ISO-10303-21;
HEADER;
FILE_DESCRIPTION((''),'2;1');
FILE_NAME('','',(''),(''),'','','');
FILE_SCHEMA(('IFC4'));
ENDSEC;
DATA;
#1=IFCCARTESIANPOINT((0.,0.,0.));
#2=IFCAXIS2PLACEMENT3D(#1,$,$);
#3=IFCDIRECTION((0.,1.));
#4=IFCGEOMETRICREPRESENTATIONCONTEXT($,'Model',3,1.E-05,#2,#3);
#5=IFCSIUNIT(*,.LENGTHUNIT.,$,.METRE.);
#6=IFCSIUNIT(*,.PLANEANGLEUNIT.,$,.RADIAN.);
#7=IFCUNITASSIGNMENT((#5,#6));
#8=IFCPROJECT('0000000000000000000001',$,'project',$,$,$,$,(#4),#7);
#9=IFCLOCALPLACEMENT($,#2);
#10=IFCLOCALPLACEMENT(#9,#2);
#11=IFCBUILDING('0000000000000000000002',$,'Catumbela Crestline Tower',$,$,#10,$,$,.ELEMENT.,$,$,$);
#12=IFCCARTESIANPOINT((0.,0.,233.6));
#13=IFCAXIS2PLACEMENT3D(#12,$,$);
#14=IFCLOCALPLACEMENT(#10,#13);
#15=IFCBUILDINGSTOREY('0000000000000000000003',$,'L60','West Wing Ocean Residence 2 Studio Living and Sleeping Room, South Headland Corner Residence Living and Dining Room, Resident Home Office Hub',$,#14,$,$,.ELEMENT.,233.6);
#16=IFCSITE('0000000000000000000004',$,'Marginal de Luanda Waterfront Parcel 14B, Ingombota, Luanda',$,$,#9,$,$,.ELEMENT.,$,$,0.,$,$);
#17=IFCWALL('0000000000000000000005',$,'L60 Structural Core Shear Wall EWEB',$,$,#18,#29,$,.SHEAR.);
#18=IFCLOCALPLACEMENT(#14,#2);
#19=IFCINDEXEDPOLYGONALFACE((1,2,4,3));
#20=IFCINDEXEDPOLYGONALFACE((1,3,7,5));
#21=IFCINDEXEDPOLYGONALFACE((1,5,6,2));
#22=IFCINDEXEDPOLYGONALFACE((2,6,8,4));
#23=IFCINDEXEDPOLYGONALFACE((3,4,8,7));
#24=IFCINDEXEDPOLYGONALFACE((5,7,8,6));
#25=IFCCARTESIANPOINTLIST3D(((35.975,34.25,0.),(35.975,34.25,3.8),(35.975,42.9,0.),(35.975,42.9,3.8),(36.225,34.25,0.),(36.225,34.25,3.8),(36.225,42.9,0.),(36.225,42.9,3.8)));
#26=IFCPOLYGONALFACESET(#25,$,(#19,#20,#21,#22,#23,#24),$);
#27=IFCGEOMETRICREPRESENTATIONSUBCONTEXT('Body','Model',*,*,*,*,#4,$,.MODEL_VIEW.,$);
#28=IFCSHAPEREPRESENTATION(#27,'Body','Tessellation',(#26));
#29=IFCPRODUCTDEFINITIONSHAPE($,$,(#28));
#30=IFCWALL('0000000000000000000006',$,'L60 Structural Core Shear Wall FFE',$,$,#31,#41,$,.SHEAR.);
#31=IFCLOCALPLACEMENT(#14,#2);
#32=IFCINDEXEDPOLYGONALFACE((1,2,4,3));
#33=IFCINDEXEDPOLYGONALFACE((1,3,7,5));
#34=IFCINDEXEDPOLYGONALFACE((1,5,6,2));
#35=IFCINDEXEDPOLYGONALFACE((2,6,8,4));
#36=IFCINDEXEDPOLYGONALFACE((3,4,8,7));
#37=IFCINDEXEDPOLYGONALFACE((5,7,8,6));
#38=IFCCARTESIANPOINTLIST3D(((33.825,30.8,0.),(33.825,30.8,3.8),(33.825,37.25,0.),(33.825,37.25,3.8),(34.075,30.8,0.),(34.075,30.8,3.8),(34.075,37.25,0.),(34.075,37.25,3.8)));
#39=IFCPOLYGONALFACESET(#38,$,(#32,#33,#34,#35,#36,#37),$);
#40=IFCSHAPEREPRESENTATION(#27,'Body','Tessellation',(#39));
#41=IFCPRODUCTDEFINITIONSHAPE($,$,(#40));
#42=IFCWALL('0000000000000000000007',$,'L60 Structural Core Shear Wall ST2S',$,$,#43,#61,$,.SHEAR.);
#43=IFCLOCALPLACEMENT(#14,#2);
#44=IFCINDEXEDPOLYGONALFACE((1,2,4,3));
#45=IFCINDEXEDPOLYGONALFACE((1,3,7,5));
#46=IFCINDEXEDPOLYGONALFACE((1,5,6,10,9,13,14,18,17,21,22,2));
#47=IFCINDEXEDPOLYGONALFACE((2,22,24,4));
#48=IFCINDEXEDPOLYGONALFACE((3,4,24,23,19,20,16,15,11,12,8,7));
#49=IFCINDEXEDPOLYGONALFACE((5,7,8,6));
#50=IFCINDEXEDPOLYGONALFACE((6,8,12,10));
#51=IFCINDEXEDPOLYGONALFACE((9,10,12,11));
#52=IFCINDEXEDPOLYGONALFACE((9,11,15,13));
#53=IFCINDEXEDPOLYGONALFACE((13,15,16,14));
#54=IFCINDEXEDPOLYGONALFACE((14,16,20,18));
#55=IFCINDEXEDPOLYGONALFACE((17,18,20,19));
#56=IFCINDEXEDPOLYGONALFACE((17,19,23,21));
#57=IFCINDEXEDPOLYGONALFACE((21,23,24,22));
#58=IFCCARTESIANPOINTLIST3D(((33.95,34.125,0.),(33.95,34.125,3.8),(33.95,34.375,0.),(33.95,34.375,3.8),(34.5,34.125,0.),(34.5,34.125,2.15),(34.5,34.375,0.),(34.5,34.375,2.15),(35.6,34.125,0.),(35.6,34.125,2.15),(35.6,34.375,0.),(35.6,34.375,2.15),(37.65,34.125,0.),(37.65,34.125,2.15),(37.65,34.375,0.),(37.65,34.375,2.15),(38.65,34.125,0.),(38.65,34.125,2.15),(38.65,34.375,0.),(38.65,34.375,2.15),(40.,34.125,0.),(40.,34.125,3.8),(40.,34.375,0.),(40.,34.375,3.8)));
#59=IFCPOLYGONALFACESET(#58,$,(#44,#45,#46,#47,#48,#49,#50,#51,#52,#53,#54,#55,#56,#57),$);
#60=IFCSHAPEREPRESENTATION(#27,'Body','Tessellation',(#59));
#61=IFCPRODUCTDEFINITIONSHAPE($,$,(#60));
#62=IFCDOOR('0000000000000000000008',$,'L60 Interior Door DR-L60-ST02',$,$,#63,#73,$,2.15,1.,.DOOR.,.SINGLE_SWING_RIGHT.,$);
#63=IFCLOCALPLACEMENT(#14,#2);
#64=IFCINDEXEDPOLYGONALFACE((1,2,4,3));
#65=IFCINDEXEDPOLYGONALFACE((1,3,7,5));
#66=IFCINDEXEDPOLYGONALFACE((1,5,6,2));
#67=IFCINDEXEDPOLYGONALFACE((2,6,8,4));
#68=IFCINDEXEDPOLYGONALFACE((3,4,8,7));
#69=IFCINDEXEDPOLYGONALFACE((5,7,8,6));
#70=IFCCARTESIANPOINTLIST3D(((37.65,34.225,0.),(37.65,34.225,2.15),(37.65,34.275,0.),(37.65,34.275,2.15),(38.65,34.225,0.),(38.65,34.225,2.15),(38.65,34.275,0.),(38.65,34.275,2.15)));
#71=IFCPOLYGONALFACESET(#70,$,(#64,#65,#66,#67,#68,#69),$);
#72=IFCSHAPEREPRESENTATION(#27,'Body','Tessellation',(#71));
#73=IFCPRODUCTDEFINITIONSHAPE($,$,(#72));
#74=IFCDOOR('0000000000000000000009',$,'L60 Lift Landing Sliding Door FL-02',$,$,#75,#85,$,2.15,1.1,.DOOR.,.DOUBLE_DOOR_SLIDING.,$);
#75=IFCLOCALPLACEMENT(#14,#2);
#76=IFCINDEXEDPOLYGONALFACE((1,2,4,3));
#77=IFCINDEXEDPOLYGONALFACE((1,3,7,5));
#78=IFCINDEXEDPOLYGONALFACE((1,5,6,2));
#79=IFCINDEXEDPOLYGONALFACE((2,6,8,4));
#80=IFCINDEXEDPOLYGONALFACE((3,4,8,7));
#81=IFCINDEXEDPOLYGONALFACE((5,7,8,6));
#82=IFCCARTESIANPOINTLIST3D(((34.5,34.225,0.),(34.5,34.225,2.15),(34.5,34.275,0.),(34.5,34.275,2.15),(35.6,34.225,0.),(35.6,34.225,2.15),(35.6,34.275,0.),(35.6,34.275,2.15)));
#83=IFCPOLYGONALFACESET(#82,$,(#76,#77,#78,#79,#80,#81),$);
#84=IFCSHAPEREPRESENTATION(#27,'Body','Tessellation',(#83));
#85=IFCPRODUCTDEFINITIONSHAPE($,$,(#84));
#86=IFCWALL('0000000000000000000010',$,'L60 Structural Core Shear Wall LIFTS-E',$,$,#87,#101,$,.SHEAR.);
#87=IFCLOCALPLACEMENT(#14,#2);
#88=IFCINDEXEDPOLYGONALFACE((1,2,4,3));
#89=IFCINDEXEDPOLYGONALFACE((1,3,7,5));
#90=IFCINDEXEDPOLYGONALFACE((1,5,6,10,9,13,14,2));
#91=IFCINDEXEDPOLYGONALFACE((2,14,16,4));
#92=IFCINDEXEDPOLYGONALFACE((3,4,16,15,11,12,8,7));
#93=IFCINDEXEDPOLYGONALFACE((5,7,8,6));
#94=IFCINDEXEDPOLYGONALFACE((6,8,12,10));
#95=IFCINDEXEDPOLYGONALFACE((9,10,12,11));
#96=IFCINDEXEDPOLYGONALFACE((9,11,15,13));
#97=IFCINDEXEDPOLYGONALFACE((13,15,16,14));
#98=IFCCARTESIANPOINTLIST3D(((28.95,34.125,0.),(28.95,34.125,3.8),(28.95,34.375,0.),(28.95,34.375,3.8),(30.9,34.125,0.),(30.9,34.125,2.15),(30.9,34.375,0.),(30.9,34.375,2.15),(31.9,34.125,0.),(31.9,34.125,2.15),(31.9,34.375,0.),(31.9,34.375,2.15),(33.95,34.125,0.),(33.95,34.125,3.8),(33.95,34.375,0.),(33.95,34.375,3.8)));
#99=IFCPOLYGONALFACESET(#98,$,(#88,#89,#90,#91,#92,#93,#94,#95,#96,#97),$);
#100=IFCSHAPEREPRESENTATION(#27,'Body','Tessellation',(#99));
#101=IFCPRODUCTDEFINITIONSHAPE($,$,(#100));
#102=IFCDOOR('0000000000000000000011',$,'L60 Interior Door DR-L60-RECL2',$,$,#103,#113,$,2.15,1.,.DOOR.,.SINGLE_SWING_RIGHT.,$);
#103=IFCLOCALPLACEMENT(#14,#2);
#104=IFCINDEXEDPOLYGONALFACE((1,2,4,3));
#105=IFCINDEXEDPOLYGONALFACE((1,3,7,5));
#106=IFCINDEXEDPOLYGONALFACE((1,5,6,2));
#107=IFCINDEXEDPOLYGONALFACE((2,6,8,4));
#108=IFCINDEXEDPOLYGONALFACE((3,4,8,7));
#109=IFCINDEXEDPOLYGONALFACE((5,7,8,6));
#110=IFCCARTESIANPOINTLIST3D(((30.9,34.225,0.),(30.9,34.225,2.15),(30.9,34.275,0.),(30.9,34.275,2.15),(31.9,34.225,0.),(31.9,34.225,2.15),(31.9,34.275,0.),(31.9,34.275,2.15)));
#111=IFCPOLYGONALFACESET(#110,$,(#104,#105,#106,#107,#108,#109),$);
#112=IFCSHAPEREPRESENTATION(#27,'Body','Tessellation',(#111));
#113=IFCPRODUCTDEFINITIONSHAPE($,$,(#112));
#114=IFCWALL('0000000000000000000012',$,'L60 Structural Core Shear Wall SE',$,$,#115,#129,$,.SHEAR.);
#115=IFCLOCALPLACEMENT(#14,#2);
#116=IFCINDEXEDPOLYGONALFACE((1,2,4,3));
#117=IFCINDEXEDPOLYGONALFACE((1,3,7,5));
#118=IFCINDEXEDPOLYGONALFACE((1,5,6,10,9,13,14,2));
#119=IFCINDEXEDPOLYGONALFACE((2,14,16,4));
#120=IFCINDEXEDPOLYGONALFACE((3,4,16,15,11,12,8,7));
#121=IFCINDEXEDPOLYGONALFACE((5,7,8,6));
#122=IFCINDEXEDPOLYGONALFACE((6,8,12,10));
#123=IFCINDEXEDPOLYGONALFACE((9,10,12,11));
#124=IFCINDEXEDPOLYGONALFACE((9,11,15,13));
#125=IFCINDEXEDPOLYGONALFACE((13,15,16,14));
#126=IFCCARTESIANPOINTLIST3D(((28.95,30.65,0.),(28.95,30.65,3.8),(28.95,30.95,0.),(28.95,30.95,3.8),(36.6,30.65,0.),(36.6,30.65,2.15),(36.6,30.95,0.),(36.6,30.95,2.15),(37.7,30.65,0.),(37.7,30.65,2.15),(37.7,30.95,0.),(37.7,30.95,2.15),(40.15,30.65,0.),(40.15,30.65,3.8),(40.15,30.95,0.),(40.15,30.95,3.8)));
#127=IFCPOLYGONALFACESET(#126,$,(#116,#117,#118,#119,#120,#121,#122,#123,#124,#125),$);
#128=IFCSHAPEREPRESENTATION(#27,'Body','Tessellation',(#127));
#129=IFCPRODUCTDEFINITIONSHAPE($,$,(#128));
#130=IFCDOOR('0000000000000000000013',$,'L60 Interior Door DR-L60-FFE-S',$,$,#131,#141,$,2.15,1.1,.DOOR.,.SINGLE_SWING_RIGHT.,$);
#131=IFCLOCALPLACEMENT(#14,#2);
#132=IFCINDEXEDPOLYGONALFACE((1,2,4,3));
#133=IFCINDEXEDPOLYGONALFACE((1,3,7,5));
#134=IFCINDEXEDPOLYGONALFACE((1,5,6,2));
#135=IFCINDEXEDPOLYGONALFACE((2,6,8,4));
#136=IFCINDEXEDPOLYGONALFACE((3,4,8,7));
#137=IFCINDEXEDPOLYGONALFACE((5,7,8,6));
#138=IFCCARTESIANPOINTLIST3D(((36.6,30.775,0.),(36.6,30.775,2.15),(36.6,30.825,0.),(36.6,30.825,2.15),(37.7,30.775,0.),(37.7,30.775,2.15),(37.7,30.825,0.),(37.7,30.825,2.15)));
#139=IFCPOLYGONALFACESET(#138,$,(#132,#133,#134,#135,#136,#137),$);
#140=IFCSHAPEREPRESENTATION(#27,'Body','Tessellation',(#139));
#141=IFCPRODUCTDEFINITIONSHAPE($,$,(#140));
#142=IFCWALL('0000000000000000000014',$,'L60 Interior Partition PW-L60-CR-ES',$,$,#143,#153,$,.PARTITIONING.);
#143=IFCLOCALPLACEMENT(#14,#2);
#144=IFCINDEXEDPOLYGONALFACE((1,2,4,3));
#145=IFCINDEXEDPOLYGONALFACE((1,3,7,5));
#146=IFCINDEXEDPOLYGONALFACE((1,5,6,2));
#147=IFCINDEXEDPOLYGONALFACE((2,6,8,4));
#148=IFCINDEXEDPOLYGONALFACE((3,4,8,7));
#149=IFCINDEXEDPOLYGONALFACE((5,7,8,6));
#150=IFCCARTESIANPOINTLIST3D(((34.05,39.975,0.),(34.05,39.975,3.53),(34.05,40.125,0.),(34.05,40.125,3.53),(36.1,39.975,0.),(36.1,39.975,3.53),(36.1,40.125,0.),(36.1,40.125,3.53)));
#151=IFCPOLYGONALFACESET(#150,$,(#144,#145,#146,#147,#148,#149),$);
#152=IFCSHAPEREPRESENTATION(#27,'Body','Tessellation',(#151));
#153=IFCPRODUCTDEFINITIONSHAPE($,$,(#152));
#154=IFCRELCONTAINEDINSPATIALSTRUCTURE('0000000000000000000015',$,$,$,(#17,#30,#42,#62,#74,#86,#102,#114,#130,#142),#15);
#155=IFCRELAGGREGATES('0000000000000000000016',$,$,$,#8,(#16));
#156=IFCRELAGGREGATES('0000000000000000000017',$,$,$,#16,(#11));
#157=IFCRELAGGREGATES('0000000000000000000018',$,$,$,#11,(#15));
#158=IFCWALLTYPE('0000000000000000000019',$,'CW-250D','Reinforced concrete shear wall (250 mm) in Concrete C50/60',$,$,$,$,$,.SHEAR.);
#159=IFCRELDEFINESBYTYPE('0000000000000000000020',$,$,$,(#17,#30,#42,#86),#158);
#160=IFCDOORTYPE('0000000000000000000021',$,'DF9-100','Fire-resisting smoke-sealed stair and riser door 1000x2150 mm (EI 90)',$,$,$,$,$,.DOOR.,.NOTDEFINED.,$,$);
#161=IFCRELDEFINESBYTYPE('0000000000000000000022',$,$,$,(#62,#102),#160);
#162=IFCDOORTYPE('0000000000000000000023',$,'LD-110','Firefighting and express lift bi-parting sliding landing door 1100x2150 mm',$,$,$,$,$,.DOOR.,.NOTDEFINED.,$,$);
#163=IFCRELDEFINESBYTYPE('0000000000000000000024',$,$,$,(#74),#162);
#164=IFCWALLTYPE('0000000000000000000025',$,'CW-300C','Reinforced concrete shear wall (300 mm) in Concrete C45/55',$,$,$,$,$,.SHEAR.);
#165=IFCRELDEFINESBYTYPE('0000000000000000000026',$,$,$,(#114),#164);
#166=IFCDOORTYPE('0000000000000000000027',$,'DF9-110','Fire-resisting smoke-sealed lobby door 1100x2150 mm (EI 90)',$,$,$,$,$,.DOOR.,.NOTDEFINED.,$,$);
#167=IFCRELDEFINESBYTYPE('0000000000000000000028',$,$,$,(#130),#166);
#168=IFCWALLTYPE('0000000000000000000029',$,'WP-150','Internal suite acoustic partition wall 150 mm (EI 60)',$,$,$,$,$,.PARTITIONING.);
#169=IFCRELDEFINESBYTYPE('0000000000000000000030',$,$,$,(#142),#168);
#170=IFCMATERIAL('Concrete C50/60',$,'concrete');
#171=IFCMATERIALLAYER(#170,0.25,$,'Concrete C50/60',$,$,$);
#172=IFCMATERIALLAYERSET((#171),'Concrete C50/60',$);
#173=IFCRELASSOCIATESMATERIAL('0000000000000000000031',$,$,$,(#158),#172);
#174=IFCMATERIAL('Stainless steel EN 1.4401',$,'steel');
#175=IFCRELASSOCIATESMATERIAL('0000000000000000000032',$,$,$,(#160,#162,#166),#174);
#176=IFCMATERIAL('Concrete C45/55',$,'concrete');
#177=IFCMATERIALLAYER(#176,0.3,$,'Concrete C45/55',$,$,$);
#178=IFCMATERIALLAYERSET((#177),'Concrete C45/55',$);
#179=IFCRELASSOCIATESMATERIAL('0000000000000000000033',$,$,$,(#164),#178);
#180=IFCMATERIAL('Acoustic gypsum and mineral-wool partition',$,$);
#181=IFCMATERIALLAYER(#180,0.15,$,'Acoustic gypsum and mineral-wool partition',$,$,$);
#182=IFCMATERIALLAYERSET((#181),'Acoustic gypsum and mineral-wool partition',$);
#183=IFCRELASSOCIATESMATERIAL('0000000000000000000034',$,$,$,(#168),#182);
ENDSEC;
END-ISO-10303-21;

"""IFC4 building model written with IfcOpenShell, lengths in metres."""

from ifc_helpers import new_model, si_unit, direction, frame, frame_2d, origin, place, context, subcontext, project, spatial, rectangle, extrude, material, layer, layer_set, type_object, element, fill, save


model = new_model("IFC4")

# Units and contexts
model_context = context("Model", 3, precision=1e-05, world=origin(), true_north=direction((0.0, 1.0)))
body_context = subcontext(model_context, "Body", "Model", "MODEL_VIEW")
ifc_project = project(units=[si_unit("LENGTHUNIT", "METRE"), si_unit("PLANEANGLEUNIT", "RADIAN")], contexts=[model_context])

# Site, building, storey
site_placement = place(None, origin())
site = spatial("IfcSite", under=ifc_project, at=site_placement, Name="Marginal de Luanda Waterfront Parcel 14B, Ingombota, Luanda", CompositionType="ELEMENT", RefElevation=0.0)
building_placement = place(site_placement, origin())
building = spatial("IfcBuilding", under=site, at=building_placement, Name="Catumbela Crestline Tower", CompositionType="ELEMENT")
storey_placement = place(building_placement, frame((0.0, 0.0, 233.6)))
storey = spatial("IfcBuildingStorey", under=building, at=storey_placement, Name="L60", Description="West Wing Ocean Residence 2 Studio Living and Sleeping Room, South Headland Corner Residence Living and Dining Room, Resident Home Office Hub", CompositionType="ELEMENT", Elevation=233.6)

# Walls
ifc_material_1 = material(Name="Concrete C50/60", Category="concrete")
ifc_layer_1 = layer(ifc_material_1, 0.25, Name="Concrete C50/60")
ifc_layer_set_1 = layer_set([ifc_layer_1], Name="Concrete C50/60")
wall_type_1 = type_object("IfcWallType", Name="CW-250D", Description="Reinforced concrete shear wall (250 mm) in Concrete C50/60", PredefinedType="SHEAR", material=ifc_layer_set_1)
wall_1_placement = place(storey_placement, frame((36.1, 34.25, 0.0), z_axis=(0.0, 0.0, 1.0), x_axis=(0.0, 1.0, 0.0)))
element("IfcWall", 1, at=wall_1_placement, inside=storey, type_object=wall_type_1, Name="L60 Structural Core Shear Wall EWEB", PredefinedType="SHEAR", context=body_context, shape_type="SweptSolid", body=[
    extrude(rectangle(XDim=8.65, YDim=0.25, at=frame_2d((4.325, 0.0))), origin(), (0.0, 0.0, 1.0), 3.8),
])
wall_2_placement = place(storey_placement, frame((33.95, 30.8, 0.0), z_axis=(0.0, 0.0, 1.0), x_axis=(0.0, 1.0, 0.0)))
element("IfcWall", 2, at=wall_2_placement, inside=storey, type_object=wall_type_1, Name="L60 Structural Core Shear Wall FFE", PredefinedType="SHEAR", context=body_context, shape_type="SweptSolid", body=[
    extrude(rectangle(XDim=6.45, YDim=0.25, at=frame_2d((3.225, 0.0))), origin(), (0.0, 0.0, 1.0), 3.8),
])

# Wall, openings, doors
wall_3_placement = place(storey_placement, frame((33.95, 34.25, 0.0), z_axis=(0.0, 0.0, 1.0), x_axis=(1.0, 0.0, 0.0)))
wall_3 = element("IfcWall", 3, at=wall_3_placement, inside=storey, type_object=wall_type_1, Name="L60 Structural Core Shear Wall ST2S", PredefinedType="SHEAR", context=body_context, shape_type="SweptSolid", body=[
    extrude(rectangle(XDim=6.05, YDim=0.25, at=frame_2d((3.025, 0.0))), origin(), (0.0, 0.0, 1.0), 3.8),
])
opening_1_placement = place(wall_3_placement, frame((3.7, 0.0, 0.0)))
opening_1 = element("IfcOpeningElement", 4, at=opening_1_placement, cuts=wall_3, PredefinedType="OPENING", context=body_context, shape_type="SweptSolid", body=[
    extrude(rectangle(XDim=1.0, YDim=2.15, at=frame_2d((0.5, 1.075))), frame((0.0, 0.135, 0.0), z_axis=(0.0, -1.0, 0.0), x_axis=(1.0, 0.0, 0.0)), (0.0, 0.0, 1.0), 0.27),
])
opening_2_placement = place(wall_3_placement, frame((0.55, 0.0, 0.0)))
opening_2 = element("IfcOpeningElement", 5, at=opening_2_placement, cuts=wall_3, PredefinedType="OPENING", context=body_context, shape_type="SweptSolid", body=[
    extrude(rectangle(XDim=1.1, YDim=2.15, at=frame_2d((0.55, 1.075))), frame((0.0, 0.135, 0.0), z_axis=(0.0, -1.0, 0.0), x_axis=(1.0, 0.0, 0.0)), (0.0, 0.0, 1.0), 0.27),
])
ifc_material_2 = material(Name="Stainless steel EN 1.4401", Category="steel")
door_type_1 = type_object("IfcDoorType", Name="DF9-100", Description="Fire-resisting smoke-sealed stair and riser door 1000x2150 mm (EI 90)", OperationType="NOTDEFINED", PredefinedType="DOOR", material=ifc_material_2)
door_1_placement = place(opening_1_placement, origin())
door_1 = element("IfcDoor", 6, at=door_1_placement, inside=storey, type_object=door_type_1, Name="L60 Interior Door DR-L60-ST02", OperationType="SINGLE_SWING_RIGHT", OverallHeight=2.15, OverallWidth=1.0, PredefinedType="DOOR", context=body_context, shape_type="SweptSolid", body=[
    extrude(rectangle(XDim=1.0, YDim=2.15, at=frame_2d((0.5, 1.075))), frame((0.0, 0.025, 0.0), z_axis=(0.0, -1.0, 0.0), x_axis=(1.0, 0.0, 0.0)), (0.0, 0.0, 1.0), 0.05),
])
fill(opening_1, door_1)
door_type_2 = type_object("IfcDoorType", Name="LD-110", Description="Firefighting and express lift bi-parting sliding landing door 1100x2150 mm", OperationType="NOTDEFINED", PredefinedType="DOOR", material=ifc_material_2)
door_2_placement = place(opening_2_placement, origin())
door_2 = element("IfcDoor", 7, at=door_2_placement, inside=storey, type_object=door_type_2, Name="L60 Lift Landing Sliding Door FL-02", OperationType="DOUBLE_DOOR_SLIDING", OverallHeight=2.15, OverallWidth=1.1, PredefinedType="DOOR", context=body_context, shape_type="SweptSolid", body=[
    extrude(rectangle(XDim=1.1, YDim=2.15, at=frame_2d((0.55, 1.075))), frame((0.0, 0.025, 0.0), z_axis=(0.0, -1.0, 0.0), x_axis=(1.0, 0.0, 0.0)), (0.0, 0.0, 1.0), 0.05),
])
fill(opening_2, door_2)

# Walls, openings, doors
wall_4_placement = place(storey_placement, frame((28.95, 34.25, 0.0), z_axis=(0.0, 0.0, 1.0), x_axis=(1.0, 0.0, 0.0)))
wall_4 = element("IfcWall", 8, at=wall_4_placement, inside=storey, type_object=wall_type_1, Name="L60 Structural Core Shear Wall LIFTS-E", PredefinedType="SHEAR", context=body_context, shape_type="SweptSolid", body=[
    extrude(rectangle(XDim=5.0, YDim=0.25, at=frame_2d((2.5, 0.0))), origin(), (0.0, 0.0, 1.0), 3.8),
])
opening_3_placement = place(wall_4_placement, frame((1.95, 0.0, 0.0)))
opening_3 = element("IfcOpeningElement", 9, at=opening_3_placement, cuts=wall_4, PredefinedType="OPENING", context=body_context, shape_type="SweptSolid", body=[
    extrude(rectangle(XDim=1.0, YDim=2.15, at=frame_2d((0.5, 1.075))), frame((0.0, 0.135, 0.0), z_axis=(0.0, -1.0, 0.0), x_axis=(1.0, 0.0, 0.0)), (0.0, 0.0, 1.0), 0.27),
])
door_3_placement = place(opening_3_placement, origin())
door_3 = element("IfcDoor", 10, at=door_3_placement, inside=storey, type_object=door_type_1, Name="L60 Interior Door DR-L60-RECL2", OperationType="SINGLE_SWING_RIGHT", OverallHeight=2.15, OverallWidth=1.0, PredefinedType="DOOR", context=body_context, shape_type="SweptSolid", body=[
    extrude(rectangle(XDim=1.0, YDim=2.15, at=frame_2d((0.5, 1.075))), frame((0.0, 0.025, 0.0), z_axis=(0.0, -1.0, 0.0), x_axis=(1.0, 0.0, 0.0)), (0.0, 0.0, 1.0), 0.05),
])
fill(opening_3, door_3)
ifc_material_3 = material(Name="Concrete C45/55", Category="concrete")
ifc_layer_2 = layer(ifc_material_3, 0.3, Name="Concrete C45/55")
ifc_layer_set_2 = layer_set([ifc_layer_2], Name="Concrete C45/55")
wall_type_2 = type_object("IfcWallType", Name="CW-300C", Description="Reinforced concrete shear wall (300 mm) in Concrete C45/55", PredefinedType="SHEAR", material=ifc_layer_set_2)
wall_5_placement = place(storey_placement, frame((28.95, 30.8, 0.0), z_axis=(0.0, 0.0, 1.0), x_axis=(1.0, 0.0, 0.0)))
wall_5 = element("IfcWall", 11, at=wall_5_placement, inside=storey, type_object=wall_type_2, Name="L60 Structural Core Shear Wall SE", PredefinedType="SHEAR", context=body_context, shape_type="SweptSolid", body=[
    extrude(rectangle(XDim=11.2, YDim=0.3, at=frame_2d((5.6, 0.0))), origin(), (0.0, 0.0, 1.0), 3.8),
])
opening_4_placement = place(wall_5_placement, frame((7.65, 0.0, 0.0)))
opening_4 = element("IfcOpeningElement", 12, at=opening_4_placement, cuts=wall_5, PredefinedType="OPENING", context=body_context, shape_type="SweptSolid", body=[
    extrude(rectangle(XDim=1.1, YDim=2.15, at=frame_2d((0.55, 1.075))), frame((0.0, 0.16, 0.0), z_axis=(0.0, -1.0, 0.0), x_axis=(1.0, 0.0, 0.0)), (0.0, 0.0, 1.0), 0.32),
])
door_type_3 = type_object("IfcDoorType", Name="DF9-110", Description="Fire-resisting smoke-sealed lobby door 1100x2150 mm (EI 90)", OperationType="NOTDEFINED", PredefinedType="DOOR", material=ifc_material_2)
door_4_placement = place(opening_4_placement, origin())
door_4 = element("IfcDoor", 13, at=door_4_placement, inside=storey, type_object=door_type_3, Name="L60 Interior Door DR-L60-FFE-S", OperationType="SINGLE_SWING_RIGHT", OverallHeight=2.15, OverallWidth=1.1, PredefinedType="DOOR", context=body_context, shape_type="SweptSolid", body=[
    extrude(rectangle(XDim=1.1, YDim=2.15, at=frame_2d((0.55, 1.075))), frame((0.0, 0.025, 0.0), z_axis=(0.0, -1.0, 0.0), x_axis=(1.0, 0.0, 0.0)), (0.0, 0.0, 1.0), 0.05),
])
fill(opening_4, door_4)

# Wall
ifc_material_4 = material(Name="Acoustic gypsum and mineral-wool partition")
ifc_layer_3 = layer(ifc_material_4, 0.15, Name="Acoustic gypsum and mineral-wool partition")
ifc_layer_set_3 = layer_set([ifc_layer_3], Name="Acoustic gypsum and mineral-wool partition")
wall_type_3 = type_object("IfcWallType", Name="WP-150", Description="Internal suite acoustic partition wall 150 mm (EI 60)", PredefinedType="PARTITIONING", material=ifc_layer_set_3)
wall_6_placement = place(storey_placement, frame((34.05, 40.05, 0.0), z_axis=(0.0, 0.0, 1.0), x_axis=(1.0, 0.0, 0.0)))
element("IfcWall", 14, at=wall_6_placement, inside=storey, type_object=wall_type_3, Name="L60 Interior Partition PW-L60-CR-ES", PredefinedType="PARTITIONING", context=body_context, shape_type="SweptSolid", body=[
    extrude(rectangle(XDim=2.05, YDim=0.15, at=frame_2d((1.025, 0.0))), origin(), (0.0, 0.0, 1.0), 3.53),
])

save(model, "model.ifc")
